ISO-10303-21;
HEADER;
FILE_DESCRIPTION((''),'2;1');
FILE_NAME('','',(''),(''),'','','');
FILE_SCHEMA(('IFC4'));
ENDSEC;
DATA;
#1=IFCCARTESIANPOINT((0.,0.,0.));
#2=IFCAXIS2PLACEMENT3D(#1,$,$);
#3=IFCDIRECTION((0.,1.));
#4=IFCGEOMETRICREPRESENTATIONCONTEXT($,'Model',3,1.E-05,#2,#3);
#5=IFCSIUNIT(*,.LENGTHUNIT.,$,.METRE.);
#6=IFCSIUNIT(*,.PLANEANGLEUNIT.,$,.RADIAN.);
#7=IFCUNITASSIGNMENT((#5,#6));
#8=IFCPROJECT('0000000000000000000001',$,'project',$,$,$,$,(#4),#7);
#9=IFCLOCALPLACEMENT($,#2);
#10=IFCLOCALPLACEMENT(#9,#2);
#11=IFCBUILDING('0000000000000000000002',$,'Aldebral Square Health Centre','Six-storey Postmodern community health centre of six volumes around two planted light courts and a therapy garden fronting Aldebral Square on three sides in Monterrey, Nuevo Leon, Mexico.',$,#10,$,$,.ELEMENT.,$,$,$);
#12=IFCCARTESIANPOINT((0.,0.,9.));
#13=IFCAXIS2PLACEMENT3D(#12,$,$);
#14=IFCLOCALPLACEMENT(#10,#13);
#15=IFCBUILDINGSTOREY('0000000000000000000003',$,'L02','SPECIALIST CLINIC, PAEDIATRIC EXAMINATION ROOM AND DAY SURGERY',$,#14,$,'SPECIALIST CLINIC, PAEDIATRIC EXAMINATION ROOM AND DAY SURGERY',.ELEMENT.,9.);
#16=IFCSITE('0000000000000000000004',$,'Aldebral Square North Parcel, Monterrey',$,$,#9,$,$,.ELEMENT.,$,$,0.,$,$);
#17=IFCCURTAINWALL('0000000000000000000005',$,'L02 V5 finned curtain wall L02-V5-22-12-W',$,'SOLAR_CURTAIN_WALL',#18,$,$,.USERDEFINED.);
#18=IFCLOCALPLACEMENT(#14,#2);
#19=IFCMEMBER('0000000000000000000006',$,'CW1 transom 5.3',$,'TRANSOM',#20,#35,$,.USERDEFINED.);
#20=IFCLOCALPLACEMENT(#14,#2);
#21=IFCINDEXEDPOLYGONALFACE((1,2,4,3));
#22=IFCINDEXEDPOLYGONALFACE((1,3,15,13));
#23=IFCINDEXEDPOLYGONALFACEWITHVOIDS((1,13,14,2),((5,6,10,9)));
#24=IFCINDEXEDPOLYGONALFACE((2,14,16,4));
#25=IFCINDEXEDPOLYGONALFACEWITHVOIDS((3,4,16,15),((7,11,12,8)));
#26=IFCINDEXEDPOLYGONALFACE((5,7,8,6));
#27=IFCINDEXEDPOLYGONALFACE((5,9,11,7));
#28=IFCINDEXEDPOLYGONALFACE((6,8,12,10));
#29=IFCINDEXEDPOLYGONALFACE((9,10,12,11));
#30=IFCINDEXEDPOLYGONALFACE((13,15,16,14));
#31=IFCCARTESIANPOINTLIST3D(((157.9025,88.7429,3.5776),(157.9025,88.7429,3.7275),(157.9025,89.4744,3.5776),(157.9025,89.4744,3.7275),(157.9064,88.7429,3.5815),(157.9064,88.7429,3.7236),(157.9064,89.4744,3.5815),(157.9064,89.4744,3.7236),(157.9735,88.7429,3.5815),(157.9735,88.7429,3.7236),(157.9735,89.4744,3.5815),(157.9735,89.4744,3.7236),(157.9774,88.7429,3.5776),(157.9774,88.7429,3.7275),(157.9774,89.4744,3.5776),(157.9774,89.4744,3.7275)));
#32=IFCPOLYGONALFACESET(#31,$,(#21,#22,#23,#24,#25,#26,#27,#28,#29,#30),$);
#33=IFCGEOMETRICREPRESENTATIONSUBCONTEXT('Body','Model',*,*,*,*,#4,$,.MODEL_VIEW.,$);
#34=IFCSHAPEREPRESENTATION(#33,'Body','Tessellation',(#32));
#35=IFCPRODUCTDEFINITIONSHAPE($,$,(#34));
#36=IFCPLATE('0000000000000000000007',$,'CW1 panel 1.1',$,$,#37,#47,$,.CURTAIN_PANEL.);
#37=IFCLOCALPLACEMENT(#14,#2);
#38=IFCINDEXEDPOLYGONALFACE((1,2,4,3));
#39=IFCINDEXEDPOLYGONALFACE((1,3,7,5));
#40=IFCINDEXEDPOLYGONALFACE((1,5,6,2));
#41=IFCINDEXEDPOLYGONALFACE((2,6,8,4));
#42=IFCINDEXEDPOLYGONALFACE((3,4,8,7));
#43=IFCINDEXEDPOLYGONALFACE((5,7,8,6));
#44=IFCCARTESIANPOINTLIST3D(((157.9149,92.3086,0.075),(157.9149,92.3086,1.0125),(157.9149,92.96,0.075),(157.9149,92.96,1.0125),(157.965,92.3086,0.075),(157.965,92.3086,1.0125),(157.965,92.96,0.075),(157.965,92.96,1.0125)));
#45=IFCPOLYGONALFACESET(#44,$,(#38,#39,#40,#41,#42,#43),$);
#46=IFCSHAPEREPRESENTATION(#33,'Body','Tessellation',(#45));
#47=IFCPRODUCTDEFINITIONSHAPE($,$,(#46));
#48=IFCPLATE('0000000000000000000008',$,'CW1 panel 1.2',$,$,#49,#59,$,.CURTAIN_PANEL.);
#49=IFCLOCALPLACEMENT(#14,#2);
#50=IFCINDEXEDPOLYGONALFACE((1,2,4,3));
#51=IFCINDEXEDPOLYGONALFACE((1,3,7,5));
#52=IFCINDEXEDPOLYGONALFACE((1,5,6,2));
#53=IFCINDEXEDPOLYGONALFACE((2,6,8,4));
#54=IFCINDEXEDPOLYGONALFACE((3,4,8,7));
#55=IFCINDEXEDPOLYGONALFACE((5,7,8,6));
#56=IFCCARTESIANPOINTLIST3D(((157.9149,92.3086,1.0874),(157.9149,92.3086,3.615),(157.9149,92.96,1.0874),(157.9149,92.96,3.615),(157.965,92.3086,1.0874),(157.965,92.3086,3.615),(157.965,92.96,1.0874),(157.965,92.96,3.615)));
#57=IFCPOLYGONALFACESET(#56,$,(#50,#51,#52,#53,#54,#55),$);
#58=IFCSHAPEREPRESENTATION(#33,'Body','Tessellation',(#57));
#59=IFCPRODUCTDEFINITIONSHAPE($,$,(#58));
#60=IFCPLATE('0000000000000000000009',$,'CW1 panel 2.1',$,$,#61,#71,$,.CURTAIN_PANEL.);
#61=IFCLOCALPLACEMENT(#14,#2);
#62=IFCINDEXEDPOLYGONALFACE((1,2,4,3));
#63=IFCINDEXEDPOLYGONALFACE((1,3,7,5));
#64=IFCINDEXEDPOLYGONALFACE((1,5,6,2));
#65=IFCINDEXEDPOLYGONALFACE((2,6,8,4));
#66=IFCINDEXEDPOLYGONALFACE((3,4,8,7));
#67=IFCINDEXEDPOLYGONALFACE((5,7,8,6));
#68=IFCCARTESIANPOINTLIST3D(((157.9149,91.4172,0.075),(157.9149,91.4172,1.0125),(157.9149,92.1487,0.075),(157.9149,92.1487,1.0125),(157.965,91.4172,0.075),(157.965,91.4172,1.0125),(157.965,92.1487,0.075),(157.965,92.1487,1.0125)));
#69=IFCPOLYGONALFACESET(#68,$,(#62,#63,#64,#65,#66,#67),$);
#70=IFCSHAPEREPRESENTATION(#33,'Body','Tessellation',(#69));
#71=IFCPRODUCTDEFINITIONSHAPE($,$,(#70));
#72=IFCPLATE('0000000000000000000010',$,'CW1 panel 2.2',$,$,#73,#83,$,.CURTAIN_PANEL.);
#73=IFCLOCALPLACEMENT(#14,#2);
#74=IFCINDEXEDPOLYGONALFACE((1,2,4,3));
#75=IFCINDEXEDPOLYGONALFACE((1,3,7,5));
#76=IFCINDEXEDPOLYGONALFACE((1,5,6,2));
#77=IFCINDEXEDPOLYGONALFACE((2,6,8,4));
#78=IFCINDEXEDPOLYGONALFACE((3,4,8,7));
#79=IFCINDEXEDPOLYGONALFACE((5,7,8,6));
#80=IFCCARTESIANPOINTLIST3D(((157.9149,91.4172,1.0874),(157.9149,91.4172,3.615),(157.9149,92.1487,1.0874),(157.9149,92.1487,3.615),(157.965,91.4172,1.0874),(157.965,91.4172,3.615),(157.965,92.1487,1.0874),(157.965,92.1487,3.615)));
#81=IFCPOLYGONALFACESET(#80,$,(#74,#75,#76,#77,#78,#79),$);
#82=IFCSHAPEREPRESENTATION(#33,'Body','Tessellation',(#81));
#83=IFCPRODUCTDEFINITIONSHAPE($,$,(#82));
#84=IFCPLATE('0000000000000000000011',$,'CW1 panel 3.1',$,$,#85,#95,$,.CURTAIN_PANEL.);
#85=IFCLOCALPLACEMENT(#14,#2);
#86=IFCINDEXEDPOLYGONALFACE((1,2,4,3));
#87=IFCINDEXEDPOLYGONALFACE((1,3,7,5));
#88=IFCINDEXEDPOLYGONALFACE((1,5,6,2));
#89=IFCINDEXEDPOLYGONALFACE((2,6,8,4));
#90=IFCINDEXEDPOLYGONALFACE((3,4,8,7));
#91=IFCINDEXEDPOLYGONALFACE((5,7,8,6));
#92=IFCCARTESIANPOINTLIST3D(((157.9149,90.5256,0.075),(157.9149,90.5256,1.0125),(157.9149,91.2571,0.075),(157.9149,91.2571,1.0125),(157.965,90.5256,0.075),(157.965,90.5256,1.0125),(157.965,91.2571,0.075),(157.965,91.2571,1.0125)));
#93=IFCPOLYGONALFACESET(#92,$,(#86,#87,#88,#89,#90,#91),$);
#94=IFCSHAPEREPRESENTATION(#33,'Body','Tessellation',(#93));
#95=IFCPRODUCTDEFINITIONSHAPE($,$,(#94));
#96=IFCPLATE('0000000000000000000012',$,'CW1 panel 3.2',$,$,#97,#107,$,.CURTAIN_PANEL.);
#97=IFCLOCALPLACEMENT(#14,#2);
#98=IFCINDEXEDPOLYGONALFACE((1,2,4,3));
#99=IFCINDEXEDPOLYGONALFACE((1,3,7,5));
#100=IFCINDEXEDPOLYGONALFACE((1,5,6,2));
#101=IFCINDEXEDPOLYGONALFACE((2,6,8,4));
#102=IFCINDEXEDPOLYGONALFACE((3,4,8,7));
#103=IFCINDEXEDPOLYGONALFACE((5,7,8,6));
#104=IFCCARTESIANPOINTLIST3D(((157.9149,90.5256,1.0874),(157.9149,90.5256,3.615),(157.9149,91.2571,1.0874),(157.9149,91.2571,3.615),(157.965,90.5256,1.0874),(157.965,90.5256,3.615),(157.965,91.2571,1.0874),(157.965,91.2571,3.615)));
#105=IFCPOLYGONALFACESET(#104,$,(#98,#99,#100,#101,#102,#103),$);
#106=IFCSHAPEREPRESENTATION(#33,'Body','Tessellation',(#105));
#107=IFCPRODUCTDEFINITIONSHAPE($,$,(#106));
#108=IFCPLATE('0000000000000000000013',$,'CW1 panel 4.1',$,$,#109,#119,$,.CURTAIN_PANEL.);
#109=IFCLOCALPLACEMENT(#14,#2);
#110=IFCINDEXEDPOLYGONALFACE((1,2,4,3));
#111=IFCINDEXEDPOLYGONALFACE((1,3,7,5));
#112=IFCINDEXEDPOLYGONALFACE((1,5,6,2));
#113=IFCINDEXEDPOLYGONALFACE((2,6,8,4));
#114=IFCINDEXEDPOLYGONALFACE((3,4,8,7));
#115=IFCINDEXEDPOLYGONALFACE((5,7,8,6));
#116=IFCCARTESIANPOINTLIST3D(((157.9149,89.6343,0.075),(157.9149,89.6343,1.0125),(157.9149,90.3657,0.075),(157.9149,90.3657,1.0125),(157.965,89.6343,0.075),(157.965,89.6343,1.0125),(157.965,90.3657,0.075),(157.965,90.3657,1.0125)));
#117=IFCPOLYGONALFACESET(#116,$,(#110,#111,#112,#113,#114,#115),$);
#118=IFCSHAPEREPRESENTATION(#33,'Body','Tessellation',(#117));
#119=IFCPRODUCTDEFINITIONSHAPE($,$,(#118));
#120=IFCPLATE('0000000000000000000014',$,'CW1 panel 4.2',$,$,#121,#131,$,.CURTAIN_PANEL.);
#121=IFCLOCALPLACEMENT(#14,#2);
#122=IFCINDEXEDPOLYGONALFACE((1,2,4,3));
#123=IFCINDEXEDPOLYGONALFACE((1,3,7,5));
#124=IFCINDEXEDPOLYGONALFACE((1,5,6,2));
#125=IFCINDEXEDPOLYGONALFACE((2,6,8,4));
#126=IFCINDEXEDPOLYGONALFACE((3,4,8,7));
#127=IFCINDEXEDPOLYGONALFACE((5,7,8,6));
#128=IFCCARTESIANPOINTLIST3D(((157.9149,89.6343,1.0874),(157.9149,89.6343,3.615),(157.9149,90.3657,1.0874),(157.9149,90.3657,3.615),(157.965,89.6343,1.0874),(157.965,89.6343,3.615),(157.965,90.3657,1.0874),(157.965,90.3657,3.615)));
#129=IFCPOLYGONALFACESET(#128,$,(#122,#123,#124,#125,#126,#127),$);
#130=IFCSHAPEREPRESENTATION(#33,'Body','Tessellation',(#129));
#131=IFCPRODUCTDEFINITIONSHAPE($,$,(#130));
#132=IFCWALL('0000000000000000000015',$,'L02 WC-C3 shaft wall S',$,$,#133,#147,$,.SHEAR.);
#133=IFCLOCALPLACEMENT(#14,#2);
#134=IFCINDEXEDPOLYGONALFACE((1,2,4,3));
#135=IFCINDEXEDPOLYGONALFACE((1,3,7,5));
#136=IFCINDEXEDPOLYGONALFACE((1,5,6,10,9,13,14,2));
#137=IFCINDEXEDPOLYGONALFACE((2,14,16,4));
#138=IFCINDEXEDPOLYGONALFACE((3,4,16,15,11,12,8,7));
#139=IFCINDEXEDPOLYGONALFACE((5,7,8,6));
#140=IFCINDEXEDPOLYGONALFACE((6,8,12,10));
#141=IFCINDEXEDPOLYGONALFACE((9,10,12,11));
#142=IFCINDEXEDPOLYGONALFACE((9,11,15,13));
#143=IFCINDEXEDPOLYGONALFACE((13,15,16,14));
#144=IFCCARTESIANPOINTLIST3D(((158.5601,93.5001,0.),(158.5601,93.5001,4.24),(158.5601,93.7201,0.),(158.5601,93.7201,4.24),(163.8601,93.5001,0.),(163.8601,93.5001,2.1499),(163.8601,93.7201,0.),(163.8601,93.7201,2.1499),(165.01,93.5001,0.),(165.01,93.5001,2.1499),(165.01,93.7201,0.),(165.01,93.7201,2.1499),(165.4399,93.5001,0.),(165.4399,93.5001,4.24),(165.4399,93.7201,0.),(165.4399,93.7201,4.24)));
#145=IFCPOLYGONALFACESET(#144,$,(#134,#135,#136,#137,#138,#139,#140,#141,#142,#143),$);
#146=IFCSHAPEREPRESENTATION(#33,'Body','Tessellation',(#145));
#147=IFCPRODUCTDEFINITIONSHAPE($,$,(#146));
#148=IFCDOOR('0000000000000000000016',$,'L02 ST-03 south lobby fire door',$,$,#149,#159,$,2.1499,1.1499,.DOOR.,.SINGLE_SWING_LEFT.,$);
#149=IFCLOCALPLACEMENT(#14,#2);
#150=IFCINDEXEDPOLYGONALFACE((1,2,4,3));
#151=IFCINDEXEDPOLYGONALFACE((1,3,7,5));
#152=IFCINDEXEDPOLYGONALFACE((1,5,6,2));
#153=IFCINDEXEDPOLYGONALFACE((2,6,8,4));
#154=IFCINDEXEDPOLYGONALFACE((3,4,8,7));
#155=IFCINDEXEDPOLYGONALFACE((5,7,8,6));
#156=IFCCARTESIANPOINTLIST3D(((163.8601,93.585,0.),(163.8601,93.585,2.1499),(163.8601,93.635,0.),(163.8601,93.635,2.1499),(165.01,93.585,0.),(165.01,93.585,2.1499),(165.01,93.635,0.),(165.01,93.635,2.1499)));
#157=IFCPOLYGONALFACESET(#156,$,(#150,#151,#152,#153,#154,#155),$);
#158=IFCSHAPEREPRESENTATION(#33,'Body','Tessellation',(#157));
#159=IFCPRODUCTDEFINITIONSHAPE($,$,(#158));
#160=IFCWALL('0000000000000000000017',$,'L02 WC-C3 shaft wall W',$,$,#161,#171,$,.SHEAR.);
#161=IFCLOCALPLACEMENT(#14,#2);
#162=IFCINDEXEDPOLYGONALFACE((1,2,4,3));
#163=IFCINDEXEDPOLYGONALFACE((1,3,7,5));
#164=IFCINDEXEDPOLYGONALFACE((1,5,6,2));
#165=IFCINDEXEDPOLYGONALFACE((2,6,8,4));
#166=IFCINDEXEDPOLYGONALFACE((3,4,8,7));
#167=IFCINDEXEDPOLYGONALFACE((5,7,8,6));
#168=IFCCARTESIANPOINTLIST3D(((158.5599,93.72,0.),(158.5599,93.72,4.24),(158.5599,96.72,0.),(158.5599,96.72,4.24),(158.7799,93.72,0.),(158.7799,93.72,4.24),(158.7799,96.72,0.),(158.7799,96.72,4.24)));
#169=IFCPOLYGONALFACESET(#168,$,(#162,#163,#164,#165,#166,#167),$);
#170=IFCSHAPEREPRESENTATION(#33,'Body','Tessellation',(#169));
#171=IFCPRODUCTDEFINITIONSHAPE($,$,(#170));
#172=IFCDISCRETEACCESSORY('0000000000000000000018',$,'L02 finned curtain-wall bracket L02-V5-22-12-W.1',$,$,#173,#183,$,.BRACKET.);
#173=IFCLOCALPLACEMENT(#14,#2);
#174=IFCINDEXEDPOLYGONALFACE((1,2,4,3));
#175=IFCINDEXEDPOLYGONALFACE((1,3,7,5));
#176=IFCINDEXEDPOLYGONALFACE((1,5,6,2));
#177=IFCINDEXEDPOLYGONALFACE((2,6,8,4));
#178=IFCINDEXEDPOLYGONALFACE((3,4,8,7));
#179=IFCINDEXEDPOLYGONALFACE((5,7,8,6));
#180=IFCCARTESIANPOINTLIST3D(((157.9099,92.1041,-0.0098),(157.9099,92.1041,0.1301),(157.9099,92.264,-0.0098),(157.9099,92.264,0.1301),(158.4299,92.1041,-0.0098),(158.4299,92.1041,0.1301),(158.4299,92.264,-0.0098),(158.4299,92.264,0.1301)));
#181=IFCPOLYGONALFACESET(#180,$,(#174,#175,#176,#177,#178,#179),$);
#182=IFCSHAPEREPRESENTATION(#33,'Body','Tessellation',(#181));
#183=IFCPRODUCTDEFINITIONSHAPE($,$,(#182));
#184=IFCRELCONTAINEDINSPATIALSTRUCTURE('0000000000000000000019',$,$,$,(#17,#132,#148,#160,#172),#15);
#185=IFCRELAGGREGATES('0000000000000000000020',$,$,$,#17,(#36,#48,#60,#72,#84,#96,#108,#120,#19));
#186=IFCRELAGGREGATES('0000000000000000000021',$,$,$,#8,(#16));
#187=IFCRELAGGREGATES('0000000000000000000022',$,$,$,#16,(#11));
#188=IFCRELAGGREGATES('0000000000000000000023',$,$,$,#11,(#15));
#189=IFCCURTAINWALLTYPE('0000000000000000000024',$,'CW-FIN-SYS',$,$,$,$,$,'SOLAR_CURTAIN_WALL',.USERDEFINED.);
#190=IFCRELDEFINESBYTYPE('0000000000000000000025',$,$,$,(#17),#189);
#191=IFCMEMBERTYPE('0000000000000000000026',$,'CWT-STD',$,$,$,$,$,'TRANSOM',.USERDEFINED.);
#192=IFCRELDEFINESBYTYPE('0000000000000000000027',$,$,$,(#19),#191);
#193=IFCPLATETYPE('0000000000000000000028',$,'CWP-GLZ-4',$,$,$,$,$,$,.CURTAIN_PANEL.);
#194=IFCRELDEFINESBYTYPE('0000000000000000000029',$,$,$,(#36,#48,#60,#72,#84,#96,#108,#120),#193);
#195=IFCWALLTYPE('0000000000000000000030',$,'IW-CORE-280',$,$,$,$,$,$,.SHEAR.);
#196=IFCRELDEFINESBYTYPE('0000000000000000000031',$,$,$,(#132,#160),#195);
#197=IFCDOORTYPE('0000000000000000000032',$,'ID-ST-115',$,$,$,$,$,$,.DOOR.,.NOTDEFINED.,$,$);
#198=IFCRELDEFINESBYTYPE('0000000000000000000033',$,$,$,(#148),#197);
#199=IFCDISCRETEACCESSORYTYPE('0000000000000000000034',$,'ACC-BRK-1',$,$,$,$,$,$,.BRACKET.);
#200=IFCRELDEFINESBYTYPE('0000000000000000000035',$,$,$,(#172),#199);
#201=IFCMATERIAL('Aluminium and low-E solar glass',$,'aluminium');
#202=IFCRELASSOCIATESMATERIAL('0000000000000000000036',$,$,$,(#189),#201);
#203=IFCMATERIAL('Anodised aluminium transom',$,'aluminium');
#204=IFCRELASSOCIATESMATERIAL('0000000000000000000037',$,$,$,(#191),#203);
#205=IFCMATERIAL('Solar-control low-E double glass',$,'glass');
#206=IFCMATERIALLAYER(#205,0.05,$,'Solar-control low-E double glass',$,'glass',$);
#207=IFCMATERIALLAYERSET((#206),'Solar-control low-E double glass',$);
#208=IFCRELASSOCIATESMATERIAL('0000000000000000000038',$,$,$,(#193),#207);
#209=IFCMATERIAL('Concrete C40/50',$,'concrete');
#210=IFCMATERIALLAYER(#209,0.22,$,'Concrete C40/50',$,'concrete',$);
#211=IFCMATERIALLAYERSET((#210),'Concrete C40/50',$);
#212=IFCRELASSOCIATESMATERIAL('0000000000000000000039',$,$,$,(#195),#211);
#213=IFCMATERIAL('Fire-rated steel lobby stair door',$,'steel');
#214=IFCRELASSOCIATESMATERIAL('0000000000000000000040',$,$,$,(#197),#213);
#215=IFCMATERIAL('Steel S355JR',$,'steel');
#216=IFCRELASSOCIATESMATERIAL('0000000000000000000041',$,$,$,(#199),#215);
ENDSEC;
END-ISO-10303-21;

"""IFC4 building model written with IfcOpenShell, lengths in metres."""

from ifc_helpers import new_model, si_unit, direction, frame, frame_2d, origin, origin_2d, place, context, subcontext, project, spatial, rectangle, hollow_rectangle, extrude, material, layer, layer_set, material_profile, profile_set, type_object, element, fill, aggregate, save


model = new_model("IFC4")

# Units and contexts
model_context = context("Model", 3, precision=1e-05, world=origin(), true_north=direction((0.0, 1.0)))
body_context = subcontext(model_context, "Body", "Model", "MODEL_VIEW")
ifc_project = project(units=[si_unit("LENGTHUNIT", "METRE"), si_unit("PLANEANGLEUNIT", "RADIAN")], contexts=[model_context])

# Site, building, storey
site_placement = place(None, origin())
site = spatial("IfcSite", under=ifc_project, at=site_placement, Name="Aldebral Square North Parcel, Monterrey", CompositionType="ELEMENT", RefElevation=0.0)
building_placement = place(site_placement, origin())
building = spatial("IfcBuilding", under=site, at=building_placement, Name="Aldebral Square Health Centre", Description="Six-storey Postmodern community health centre of six volumes around two planted light courts and a therapy garden fronting Aldebral Square on three sides in Monterrey, Nuevo Leon, Mexico.", CompositionType="ELEMENT")
storey_placement = place(building_placement, frame((0.0, 0.0, 9.0)))
storey = spatial("IfcBuildingStorey", under=building, at=storey_placement, Name="L02", Description="SPECIALIST CLINIC, PAEDIATRIC EXAMINATION ROOM AND DAY SURGERY", LongName="SPECIALIST CLINIC, PAEDIATRIC EXAMINATION ROOM AND DAY SURGERY", CompositionType="ELEMENT", Elevation=9.0)

# Shared definitions
ifc_material_1 = material(Name="Concrete C40/50", Category="concrete")

# Curtain wall, member, plates
ifc_material_2 = material(Name="Aluminium and low-E solar glass", Category="aluminium")
curtain_wall_type = type_object("IfcCurtainWallType", Name="CW-FIN-SYS", ElementType="SOLAR_CURTAIN_WALL", PredefinedType="USERDEFINED", material=ifc_material_2)
curtain_wall_placement = place(storey_placement, origin())
curtain_wall = element("IfcCurtainWall", 1, at=curtain_wall_placement, inside=storey, type_object=curtain_wall_type, Name="L02 V5 finned curtain wall L02-V5-22-12-W", ObjectType="SOLAR_CURTAIN_WALL", PredefinedType="USERDEFINED")
ifc_material_3 = material(Name="Anodised aluminium transom", Category="aluminium")
ifc_material_profile_1 = material_profile(ifc_material_3, hollow_rectangle(XDim=0.075, YDim=0.1499, WallThickness=0.0039, at=origin_2d()), Name="CWT 75x150x4")
ifc_profile_set_1 = profile_set([ifc_material_profile_1], Name="Anodised aluminium transom")
member_type_1 = type_object("IfcMemberType", Name="CWT-STD", ElementType="TRANSOM", PredefinedType="USERDEFINED", material=ifc_profile_set_1)
member_1_placement = place(storey_placement, frame((157.9399, 89.4744, 3.6526), z_axis=(0.0, -1.0, 0.0), x_axis=(1.0, 0.0, 0.0)))
member_1 = element("IfcMember", 2, at=member_1_placement, type_object=member_type_1, Name="CW1 transom 5.3", ObjectType="TRANSOM", PredefinedType="USERDEFINED", context=body_context, shape_type="SweptSolid", body=[
    extrude(hollow_rectangle(XDim=0.075, YDim=0.1499, WallThickness=0.0039, at=origin_2d()), origin(), (0.0, 0.0, 1.0), 0.7314),
])
ifc_material_4 = material(Name="Solar-control low-E double glass", Category="glass")
ifc_layer_1 = layer(ifc_material_4, 0.05, Name="Solar-control low-E double glass", Category="glass")
ifc_layer_set_1 = layer_set([ifc_layer_1], Name="Solar-control low-E double glass")
plate_type = type_object("IfcPlateType", Name="CWP-GLZ-4", PredefinedType="CURTAIN_PANEL", material=ifc_layer_set_1)
plate_1_placement = place(storey_placement, frame((157.9399, 92.6343, 0.075), z_axis=(0.0, 0.0, 1.0), x_axis=(0.0, -1.0, 0.0)))
plate_1 = element("IfcPlate", 3, at=plate_1_placement, type_object=plate_type, Name="CW1 panel 1.1", PredefinedType="CURTAIN_PANEL", context=body_context, shape_type="SweptSolid", body=[
    extrude(rectangle(XDim=0.6514, YDim=0.05, at=origin_2d()), origin(), (0.0, 0.0, 1.0), 0.9375),
])
plate_2_placement = place(storey_placement, frame((157.9399, 92.6343, 1.0874), z_axis=(0.0, 0.0, 1.0), x_axis=(0.0, -1.0, 0.0)))
plate_2 = element("IfcPlate", 4, at=plate_2_placement, type_object=plate_type, Name="CW1 panel 1.2", PredefinedType="CURTAIN_PANEL", context=body_context, shape_type="SweptSolid", body=[
    extrude(rectangle(XDim=0.6514, YDim=0.05, at=origin_2d()), origin(), (0.0, 0.0, 1.0), 2.5276),
])
plate_3_placement = place(storey_placement, frame((157.9399, 91.783, 0.075), z_axis=(0.0, 0.0, 1.0), x_axis=(0.0, -1.0, 0.0)))
plate_3 = element("IfcPlate", 5, at=plate_3_placement, type_object=plate_type, Name="CW1 panel 2.1", PredefinedType="CURTAIN_PANEL", context=body_context, shape_type="SweptSolid", body=[
    extrude(rectangle(XDim=0.7314, YDim=0.05, at=origin_2d()), origin(), (0.0, 0.0, 1.0), 0.9375),
])
plate_4_placement = place(storey_placement, frame((157.9399, 91.783, 1.0874), z_axis=(0.0, 0.0, 1.0), x_axis=(0.0, -1.0, 0.0)))
plate_4 = element("IfcPlate", 6, at=plate_4_placement, type_object=plate_type, Name="CW1 panel 2.2", PredefinedType="CURTAIN_PANEL", context=body_context, shape_type="SweptSolid", body=[
    extrude(rectangle(XDim=0.7314, YDim=0.05, at=origin_2d()), origin(), (0.0, 0.0, 1.0), 2.5276),
])
plate_5_placement = place(storey_placement, frame((157.9399, 90.8914, 0.075), z_axis=(0.0, 0.0, 1.0), x_axis=(0.0, -1.0, 0.0)))
plate_5 = element("IfcPlate", 7, at=plate_5_placement, type_object=plate_type, Name="CW1 panel 3.1", PredefinedType="CURTAIN_PANEL", context=body_context, shape_type="SweptSolid", body=[
    extrude(rectangle(XDim=0.7314, YDim=0.05, at=origin_2d()), origin(), (0.0, 0.0, 1.0), 0.9375),
])
plate_6_placement = place(storey_placement, frame((157.9399, 90.8914, 1.0874), z_axis=(0.0, 0.0, 1.0), x_axis=(0.0, -1.0, 0.0)))
plate_6 = element("IfcPlate", 8, at=plate_6_placement, type_object=plate_type, Name="CW1 panel 3.2", PredefinedType="CURTAIN_PANEL", context=body_context, shape_type="SweptSolid", body=[
    extrude(rectangle(XDim=0.7314, YDim=0.05, at=origin_2d()), origin(), (0.0, 0.0, 1.0), 2.5276),
])
plate_7_placement = place(storey_placement, frame((157.9399, 90.0, 0.075), z_axis=(0.0, 0.0, 1.0), x_axis=(0.0, -1.0, 0.0)))
plate_7 = element("IfcPlate", 9, at=plate_7_placement, type_object=plate_type, Name="CW1 panel 4.1", PredefinedType="CURTAIN_PANEL", context=body_context, shape_type="SweptSolid", body=[
    extrude(rectangle(XDim=0.7314, YDim=0.05, at=origin_2d()), origin(), (0.0, 0.0, 1.0), 0.9375),
])
plate_8_placement = place(storey_placement, frame((157.9399, 90.0, 1.0874), z_axis=(0.0, 0.0, 1.0), x_axis=(0.0, -1.0, 0.0)))
plate_8 = element("IfcPlate", 10, at=plate_8_placement, type_object=plate_type, Name="CW1 panel 4.2", PredefinedType="CURTAIN_PANEL", context=body_context, shape_type="SweptSolid", body=[
    extrude(rectangle(XDim=0.7314, YDim=0.05, at=origin_2d()), origin(), (0.0, 0.0, 1.0), 2.5276),
])
aggregate(curtain_wall, [plate_1, plate_2, plate_3, plate_4, plate_5, plate_6, plate_7, plate_8, member_1])

# Wall, opening, door
ifc_layer_2 = layer(ifc_material_1, 0.22, Name="Concrete C40/50", Category="concrete")
ifc_layer_set_2 = layer_set([ifc_layer_2], Name="Concrete C40/50")
wall_type = type_object("IfcWallType", Name="IW-CORE-280", PredefinedType="SHEAR", material=ifc_layer_set_2)
wall_1_placement = place(storey_placement, frame((158.5601, 93.6101, 0.0), z_axis=(0.0, 0.0, 1.0), x_axis=(1.0, 0.0, 0.0)))
wall_1 = element("IfcWall", 11, at=wall_1_placement, inside=storey, type_object=wall_type, Name="L02 WC-C3 shaft wall S", PredefinedType="SHEAR", context=body_context, shape_type="SweptSolid", body=[
    extrude(rectangle(XDim=6.8799, YDim=0.22, at=frame_2d((3.4399, 0.0))), origin(), (0.0, 0.0, 1.0), 4.24),
])
opening_placement = place(wall_1_placement, frame((5.3, 0.0, 0.0)))
opening = element("IfcOpeningElement", 12, at=opening_placement, cuts=wall_1, PredefinedType="OPENING", context=body_context, shape_type="SweptSolid", body=[
    extrude(rectangle(XDim=1.1499, YDim=2.1499, at=frame_2d((0.575, 1.075))), frame((0.0, 0.1201, 0.0), z_axis=(0.0, -1.0, 0.0), x_axis=(1.0, 0.0, 0.0)), (0.0, 0.0, 1.0), 0.24),
])
ifc_material_5 = material(Name="Fire-rated steel lobby stair door", Category="steel")
door_type = type_object("IfcDoorType", Name="ID-ST-115", OperationType="NOTDEFINED", PredefinedType="DOOR", material=ifc_material_5)
door_placement = place(opening_placement, origin())
door = element("IfcDoor", 13, at=door_placement, inside=storey, type_object=door_type, Name="L02 ST-03 south lobby fire door", OperationType="SINGLE_SWING_LEFT", OverallHeight=2.1499, OverallWidth=1.1499, PredefinedType="DOOR", context=body_context, shape_type="SweptSolid", body=[
    extrude(rectangle(XDim=1.1499, YDim=2.1499, at=frame_2d((0.575, 1.075))), frame((0.0, 0.0249, 0.0), z_axis=(0.0, -1.0, 0.0), x_axis=(1.0, 0.0, 0.0)), (0.0, 0.0, 1.0), 0.05),
])
fill(opening, door)

# Wall
wall_2_placement = place(storey_placement, frame((158.6699, 93.72, 0.0), z_axis=(0.0, 0.0, 1.0), x_axis=(0.0, 1.0, 0.0)))
element("IfcWall", 14, at=wall_2_placement, inside=storey, type_object=wall_type, Name="L02 WC-C3 shaft wall W", PredefinedType="SHEAR", context=body_context, shape_type="SweptSolid", body=[
    extrude(rectangle(XDim=3.0, YDim=0.22, at=frame_2d((1.5, 0.0))), origin(), (0.0, 0.0, 1.0), 4.24),
])

# Discrete accessory
ifc_material_6 = material(Name="Steel S355JR", Category="steel")
discrete_accessory_type = type_object("IfcDiscreteAccessoryType", Name="ACC-BRK-1", PredefinedType="BRACKET", material=ifc_material_6)
for number, where, z_axis, x_axis, name in (
    (15, (158.1699, 92.1841, -0.0098), (0.0, 0.0, 1.0), (0.0, 1.0, 0.0), "L02 finned curtain-wall bracket L02-V5-22-12-W.1"),
):
    element("IfcDiscreteAccessory", number, at=place(storey_placement, frame(where, z_axis=z_axis, x_axis=x_axis)), inside=storey, type_object=discrete_accessory_type, Name=name, PredefinedType="BRACKET", context=body_context, shape_type="SweptSolid", body=[
        extrude(rectangle(XDim=0.1599, YDim=0.52, at=origin_2d()), origin(), (0.0, 0.0, 1.0), 0.1399),
    ])

save(model, "model.ifc")
